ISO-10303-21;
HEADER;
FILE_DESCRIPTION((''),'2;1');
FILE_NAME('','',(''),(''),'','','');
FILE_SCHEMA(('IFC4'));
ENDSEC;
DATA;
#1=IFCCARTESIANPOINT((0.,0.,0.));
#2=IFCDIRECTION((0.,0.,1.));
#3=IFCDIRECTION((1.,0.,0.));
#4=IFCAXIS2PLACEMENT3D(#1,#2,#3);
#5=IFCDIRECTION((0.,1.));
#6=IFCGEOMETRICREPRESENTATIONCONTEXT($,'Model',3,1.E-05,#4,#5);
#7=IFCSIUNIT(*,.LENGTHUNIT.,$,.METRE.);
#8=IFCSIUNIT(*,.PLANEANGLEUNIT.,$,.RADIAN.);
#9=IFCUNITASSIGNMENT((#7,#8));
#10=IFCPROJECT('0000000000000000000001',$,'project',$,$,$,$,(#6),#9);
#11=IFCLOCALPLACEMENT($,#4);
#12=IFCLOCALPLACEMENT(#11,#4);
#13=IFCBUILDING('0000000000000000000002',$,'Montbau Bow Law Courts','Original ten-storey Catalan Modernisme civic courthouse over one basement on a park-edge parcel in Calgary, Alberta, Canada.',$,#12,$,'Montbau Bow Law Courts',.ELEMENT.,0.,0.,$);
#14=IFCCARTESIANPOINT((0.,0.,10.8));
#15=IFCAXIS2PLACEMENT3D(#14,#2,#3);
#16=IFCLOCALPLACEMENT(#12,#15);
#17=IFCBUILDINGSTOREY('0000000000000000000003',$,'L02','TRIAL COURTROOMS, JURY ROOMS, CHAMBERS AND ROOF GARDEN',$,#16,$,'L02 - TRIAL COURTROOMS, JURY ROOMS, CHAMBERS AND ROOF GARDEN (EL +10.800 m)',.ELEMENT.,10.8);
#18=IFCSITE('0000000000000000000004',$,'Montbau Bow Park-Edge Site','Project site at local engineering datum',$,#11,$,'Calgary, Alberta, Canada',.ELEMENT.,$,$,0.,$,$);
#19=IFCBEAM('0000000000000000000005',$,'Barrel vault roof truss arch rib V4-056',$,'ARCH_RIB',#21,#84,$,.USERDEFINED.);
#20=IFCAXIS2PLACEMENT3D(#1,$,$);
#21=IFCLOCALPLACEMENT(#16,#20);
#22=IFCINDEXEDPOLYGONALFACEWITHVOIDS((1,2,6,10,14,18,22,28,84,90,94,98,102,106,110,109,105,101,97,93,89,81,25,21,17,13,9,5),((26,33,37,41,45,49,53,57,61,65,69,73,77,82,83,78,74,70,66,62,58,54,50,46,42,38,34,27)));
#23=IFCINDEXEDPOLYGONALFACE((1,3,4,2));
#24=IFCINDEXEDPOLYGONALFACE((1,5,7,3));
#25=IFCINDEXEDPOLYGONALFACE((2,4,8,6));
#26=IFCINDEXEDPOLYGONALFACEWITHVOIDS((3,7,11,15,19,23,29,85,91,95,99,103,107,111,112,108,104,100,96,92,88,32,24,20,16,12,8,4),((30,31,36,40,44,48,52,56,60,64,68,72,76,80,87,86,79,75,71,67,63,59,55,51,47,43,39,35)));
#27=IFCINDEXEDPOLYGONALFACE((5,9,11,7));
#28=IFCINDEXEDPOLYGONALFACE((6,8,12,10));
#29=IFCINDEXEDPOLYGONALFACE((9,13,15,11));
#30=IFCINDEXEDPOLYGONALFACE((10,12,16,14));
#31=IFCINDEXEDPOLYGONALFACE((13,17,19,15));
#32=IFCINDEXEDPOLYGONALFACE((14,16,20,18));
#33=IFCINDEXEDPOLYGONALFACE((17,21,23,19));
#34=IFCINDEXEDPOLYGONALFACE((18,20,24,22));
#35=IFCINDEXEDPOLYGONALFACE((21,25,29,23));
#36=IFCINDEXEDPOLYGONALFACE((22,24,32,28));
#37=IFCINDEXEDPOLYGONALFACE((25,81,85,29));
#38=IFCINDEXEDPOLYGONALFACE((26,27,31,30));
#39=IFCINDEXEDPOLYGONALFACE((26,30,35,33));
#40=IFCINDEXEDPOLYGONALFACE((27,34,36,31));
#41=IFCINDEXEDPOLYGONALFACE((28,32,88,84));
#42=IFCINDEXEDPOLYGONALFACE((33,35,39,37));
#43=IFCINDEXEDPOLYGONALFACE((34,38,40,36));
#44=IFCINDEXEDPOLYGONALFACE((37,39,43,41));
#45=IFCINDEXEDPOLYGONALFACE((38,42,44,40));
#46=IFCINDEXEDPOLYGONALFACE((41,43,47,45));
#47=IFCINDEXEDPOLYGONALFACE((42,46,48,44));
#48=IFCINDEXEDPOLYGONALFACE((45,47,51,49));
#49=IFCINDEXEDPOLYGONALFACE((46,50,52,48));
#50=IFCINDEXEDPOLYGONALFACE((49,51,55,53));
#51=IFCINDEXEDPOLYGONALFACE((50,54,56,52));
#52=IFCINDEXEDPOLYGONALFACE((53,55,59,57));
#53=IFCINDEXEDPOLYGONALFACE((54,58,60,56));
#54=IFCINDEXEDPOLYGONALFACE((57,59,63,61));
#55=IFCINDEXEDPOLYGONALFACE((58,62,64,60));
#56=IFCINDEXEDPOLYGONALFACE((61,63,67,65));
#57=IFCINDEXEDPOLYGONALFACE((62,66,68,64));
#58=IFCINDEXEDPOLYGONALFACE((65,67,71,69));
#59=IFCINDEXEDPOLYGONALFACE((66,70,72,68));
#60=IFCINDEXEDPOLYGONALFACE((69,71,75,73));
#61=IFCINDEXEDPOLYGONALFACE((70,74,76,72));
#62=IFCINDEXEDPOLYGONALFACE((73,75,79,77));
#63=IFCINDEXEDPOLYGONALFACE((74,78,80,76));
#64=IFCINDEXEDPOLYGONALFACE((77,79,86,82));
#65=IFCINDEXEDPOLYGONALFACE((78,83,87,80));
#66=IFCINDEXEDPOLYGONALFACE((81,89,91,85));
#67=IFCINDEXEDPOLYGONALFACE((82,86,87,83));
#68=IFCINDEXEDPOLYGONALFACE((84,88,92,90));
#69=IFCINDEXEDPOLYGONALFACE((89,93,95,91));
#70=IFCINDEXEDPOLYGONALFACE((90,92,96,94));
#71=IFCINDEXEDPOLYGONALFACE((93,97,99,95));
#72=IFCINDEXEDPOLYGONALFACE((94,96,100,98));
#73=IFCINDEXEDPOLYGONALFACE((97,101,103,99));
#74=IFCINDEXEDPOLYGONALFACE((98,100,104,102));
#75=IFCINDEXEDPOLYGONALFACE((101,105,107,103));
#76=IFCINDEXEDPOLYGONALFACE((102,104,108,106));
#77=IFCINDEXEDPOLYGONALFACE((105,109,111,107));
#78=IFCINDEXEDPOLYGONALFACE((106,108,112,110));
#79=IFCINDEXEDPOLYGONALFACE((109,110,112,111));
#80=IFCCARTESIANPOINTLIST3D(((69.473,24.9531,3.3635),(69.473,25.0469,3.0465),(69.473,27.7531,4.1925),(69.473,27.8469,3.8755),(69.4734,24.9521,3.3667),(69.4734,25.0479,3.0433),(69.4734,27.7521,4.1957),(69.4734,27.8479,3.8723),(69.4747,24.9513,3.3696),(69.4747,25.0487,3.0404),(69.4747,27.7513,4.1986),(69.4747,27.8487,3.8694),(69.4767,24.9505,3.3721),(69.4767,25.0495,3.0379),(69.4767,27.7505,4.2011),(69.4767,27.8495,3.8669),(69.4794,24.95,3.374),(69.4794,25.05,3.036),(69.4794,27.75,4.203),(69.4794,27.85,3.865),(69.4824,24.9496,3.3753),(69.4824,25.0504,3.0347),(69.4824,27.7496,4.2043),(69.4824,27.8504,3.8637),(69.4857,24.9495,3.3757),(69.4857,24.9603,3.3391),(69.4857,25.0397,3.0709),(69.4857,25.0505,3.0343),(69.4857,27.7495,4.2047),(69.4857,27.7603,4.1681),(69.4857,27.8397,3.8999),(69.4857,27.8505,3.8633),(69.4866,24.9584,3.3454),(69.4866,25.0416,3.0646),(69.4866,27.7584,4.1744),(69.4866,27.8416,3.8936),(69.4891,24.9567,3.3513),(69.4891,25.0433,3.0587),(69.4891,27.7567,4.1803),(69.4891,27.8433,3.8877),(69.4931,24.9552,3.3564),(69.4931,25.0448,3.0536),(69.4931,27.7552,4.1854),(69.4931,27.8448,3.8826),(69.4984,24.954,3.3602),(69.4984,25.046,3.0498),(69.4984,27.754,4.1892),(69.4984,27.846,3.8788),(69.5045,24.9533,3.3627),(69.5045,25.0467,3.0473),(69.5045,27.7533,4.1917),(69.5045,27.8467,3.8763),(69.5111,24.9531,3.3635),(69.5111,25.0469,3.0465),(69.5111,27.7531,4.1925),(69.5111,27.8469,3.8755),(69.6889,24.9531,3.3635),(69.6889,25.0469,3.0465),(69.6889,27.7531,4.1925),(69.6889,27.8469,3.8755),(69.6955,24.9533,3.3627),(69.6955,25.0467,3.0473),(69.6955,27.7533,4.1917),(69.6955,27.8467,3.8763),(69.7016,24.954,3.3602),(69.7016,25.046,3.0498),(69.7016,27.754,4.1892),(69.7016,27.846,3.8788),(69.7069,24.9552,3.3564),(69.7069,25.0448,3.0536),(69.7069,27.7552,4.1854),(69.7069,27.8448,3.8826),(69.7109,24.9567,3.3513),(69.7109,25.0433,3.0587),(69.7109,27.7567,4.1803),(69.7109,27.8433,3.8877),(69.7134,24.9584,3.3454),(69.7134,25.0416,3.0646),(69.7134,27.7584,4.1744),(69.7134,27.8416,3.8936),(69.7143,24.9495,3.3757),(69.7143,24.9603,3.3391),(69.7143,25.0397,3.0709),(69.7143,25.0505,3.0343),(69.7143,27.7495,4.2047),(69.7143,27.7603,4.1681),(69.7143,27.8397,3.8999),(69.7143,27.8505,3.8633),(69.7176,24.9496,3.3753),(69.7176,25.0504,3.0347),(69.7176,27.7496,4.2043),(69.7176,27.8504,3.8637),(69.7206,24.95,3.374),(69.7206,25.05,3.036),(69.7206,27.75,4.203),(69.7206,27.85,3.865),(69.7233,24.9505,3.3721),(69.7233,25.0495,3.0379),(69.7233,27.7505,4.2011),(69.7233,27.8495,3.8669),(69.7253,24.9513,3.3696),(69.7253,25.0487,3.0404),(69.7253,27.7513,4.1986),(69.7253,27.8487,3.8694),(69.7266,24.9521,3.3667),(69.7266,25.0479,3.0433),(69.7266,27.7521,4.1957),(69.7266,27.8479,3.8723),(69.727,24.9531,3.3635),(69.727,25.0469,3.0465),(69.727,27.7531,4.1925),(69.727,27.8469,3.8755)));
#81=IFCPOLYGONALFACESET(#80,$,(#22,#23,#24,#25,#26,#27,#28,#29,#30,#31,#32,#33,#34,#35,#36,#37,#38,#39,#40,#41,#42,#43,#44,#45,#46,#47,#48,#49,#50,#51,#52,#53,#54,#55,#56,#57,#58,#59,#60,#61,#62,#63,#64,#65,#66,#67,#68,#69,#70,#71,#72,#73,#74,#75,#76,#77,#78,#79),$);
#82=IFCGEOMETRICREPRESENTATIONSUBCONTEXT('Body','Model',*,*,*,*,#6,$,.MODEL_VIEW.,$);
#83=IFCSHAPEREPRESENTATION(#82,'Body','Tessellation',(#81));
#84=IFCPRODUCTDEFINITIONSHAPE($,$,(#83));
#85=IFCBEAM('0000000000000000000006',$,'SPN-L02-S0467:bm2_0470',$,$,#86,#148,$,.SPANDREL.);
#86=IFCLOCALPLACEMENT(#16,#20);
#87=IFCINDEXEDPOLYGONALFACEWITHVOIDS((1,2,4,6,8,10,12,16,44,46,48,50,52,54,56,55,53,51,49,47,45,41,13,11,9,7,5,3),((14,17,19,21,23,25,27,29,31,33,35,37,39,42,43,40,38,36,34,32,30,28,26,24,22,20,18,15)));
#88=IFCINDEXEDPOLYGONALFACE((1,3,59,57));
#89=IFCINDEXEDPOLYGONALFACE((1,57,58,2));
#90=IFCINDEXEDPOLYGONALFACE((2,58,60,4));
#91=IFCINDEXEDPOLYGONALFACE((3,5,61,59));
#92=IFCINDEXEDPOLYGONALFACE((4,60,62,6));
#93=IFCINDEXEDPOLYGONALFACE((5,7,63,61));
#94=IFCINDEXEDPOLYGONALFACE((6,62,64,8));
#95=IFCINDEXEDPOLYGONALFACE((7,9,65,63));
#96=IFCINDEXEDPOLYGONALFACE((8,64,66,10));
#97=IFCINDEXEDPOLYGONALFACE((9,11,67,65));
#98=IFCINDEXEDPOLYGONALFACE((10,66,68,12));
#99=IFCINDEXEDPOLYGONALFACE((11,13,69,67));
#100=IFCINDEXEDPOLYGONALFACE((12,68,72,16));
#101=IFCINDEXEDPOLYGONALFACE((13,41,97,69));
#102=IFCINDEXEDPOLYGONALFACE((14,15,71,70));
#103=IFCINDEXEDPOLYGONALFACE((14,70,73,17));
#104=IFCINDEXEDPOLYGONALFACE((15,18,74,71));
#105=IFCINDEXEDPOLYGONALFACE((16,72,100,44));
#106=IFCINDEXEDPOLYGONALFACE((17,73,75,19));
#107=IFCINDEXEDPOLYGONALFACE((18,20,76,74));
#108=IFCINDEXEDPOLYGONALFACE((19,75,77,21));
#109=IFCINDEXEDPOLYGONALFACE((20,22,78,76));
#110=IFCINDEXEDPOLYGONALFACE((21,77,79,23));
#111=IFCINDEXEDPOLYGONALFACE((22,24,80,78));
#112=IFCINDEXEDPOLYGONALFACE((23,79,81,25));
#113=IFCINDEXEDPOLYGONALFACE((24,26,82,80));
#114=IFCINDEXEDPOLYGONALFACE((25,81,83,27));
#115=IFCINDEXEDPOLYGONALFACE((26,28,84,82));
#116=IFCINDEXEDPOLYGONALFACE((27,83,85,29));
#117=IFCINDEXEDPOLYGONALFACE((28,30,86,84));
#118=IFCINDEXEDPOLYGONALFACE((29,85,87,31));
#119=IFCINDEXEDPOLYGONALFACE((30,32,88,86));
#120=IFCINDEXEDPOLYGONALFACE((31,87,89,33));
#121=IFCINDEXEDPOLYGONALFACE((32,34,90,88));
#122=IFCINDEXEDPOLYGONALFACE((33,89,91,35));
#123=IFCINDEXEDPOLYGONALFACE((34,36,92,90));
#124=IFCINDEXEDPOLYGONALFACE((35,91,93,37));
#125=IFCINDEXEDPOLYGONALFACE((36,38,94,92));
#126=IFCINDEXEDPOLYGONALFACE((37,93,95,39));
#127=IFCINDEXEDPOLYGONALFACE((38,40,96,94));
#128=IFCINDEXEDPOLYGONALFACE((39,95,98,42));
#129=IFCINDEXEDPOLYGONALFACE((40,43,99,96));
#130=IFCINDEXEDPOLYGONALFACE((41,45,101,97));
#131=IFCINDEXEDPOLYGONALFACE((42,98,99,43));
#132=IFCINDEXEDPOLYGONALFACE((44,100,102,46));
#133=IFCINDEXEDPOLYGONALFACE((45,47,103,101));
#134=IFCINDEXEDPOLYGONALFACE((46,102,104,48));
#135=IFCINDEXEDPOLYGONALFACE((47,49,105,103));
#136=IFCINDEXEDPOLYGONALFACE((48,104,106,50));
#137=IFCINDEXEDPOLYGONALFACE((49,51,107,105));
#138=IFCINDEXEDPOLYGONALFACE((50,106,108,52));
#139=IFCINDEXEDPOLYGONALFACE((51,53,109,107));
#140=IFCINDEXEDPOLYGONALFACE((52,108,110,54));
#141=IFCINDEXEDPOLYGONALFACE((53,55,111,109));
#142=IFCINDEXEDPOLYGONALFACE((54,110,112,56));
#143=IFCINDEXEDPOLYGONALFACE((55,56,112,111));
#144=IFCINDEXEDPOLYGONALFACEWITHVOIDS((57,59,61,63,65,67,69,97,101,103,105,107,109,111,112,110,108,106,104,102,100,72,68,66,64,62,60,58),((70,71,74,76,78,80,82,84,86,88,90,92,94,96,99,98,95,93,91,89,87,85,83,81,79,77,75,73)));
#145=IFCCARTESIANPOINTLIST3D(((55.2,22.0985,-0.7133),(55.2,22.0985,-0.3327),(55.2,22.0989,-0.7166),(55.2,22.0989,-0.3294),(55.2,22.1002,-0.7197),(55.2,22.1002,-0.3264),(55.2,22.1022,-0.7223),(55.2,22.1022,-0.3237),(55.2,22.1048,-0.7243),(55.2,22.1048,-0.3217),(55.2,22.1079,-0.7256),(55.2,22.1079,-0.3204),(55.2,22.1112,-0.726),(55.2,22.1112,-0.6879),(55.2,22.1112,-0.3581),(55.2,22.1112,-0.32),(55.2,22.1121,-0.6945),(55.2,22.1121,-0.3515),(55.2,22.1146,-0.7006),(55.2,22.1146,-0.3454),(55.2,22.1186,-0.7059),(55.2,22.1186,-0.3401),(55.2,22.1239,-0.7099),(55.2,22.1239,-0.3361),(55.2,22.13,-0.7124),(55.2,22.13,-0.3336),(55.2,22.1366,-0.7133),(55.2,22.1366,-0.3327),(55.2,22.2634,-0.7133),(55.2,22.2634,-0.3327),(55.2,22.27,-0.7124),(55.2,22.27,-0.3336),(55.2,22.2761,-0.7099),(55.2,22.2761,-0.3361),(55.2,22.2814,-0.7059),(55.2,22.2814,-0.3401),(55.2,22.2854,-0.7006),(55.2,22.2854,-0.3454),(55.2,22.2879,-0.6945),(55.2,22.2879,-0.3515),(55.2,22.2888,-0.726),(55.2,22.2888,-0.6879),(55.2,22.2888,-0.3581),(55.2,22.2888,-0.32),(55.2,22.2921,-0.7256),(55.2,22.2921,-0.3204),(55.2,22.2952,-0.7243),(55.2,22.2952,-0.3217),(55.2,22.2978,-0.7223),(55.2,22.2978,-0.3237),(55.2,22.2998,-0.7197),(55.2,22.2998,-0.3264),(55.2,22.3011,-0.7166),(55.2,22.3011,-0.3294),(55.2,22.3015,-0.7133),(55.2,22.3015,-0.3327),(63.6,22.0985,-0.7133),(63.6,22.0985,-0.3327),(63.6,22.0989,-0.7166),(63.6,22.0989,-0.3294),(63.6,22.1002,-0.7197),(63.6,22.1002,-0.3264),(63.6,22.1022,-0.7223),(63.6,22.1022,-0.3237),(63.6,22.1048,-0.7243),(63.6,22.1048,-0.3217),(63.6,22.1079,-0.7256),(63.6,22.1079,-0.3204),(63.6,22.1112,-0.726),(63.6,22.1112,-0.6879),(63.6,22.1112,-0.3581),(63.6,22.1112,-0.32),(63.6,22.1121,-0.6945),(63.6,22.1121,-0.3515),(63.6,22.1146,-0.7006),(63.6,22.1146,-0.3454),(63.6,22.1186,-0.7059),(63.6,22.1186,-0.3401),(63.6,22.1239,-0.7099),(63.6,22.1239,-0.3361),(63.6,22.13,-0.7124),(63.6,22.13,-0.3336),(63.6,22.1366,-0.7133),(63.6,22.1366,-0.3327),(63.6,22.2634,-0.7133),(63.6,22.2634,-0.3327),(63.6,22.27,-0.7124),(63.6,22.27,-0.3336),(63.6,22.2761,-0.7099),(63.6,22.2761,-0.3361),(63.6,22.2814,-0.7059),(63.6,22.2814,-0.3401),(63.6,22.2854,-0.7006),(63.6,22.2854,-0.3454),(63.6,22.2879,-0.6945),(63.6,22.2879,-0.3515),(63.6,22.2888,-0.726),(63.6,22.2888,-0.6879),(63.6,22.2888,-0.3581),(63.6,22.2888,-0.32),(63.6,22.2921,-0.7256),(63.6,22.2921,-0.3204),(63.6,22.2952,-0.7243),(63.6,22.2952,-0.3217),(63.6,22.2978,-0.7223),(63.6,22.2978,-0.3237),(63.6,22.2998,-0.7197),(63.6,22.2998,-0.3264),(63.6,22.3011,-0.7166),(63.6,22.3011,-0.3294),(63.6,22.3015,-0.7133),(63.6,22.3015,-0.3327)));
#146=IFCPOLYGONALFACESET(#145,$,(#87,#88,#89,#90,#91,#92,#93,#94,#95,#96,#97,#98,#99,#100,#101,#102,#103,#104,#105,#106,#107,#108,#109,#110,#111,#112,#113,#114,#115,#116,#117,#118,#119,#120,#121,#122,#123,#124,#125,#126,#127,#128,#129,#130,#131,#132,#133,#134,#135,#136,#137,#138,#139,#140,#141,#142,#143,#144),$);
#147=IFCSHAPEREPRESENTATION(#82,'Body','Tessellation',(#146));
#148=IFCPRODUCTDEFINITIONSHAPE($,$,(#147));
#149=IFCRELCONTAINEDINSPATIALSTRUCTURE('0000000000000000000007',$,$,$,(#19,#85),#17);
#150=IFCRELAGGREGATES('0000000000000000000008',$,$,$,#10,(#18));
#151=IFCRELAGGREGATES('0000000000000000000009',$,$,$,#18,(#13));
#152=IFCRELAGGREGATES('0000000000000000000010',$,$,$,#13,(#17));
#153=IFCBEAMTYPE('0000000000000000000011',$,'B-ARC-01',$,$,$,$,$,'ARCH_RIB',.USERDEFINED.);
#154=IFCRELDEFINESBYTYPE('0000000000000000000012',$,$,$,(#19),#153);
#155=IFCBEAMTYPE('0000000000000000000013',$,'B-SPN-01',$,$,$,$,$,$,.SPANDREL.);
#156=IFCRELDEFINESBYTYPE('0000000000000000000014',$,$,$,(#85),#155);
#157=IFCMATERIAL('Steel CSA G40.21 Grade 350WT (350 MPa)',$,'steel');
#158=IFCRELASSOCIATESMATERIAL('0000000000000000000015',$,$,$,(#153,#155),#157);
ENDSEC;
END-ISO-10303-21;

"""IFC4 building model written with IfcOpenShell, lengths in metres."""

from ifc_helpers import new_model, si_unit, direction, frame, origin_with_axes, origin_2d_with_axis, place, context, subcontext, project, spatial, hollow_rectangle, extrude, material, material_profile, profile_set, type_object, element, save


model = new_model("IFC4")

# Units and contexts
model_context = context("Model", 3, precision=1e-05, world=origin_with_axes(), true_north=direction((0.0, 1.0)))
body_context = subcontext(model_context, "Body", "Model", "MODEL_VIEW")
ifc_project = project(units=[si_unit("LENGTHUNIT", "METRE"), si_unit("PLANEANGLEUNIT", "RADIAN")], contexts=[model_context])

# Site, building, storey
site_placement = place(None, origin_with_axes())
site = spatial("IfcSite", under=ifc_project, at=site_placement, Name="Montbau Bow Park-Edge Site", Description="Project site at local engineering datum", LongName="Calgary, Alberta, Canada", CompositionType="ELEMENT", RefElevation=0.0)
building_placement = place(site_placement, origin_with_axes())
building = spatial("IfcBuilding", under=site, at=building_placement, Name="Montbau Bow Law Courts", Description="Original ten-storey Catalan Modernisme civic courthouse over one basement on a park-edge parcel in Calgary, Alberta, Canada.", LongName="Montbau Bow Law Courts", CompositionType="ELEMENT", ElevationOfRefHeight=0.0, ElevationOfTerrain=0.0)
storey_placement = place(building_placement, frame((0.0, 0.0, 10.8), z_axis=(0.0, 0.0, 1.0), x_axis=(1.0, 0.0, 0.0)))
storey = spatial("IfcBuildingStorey", under=building, at=storey_placement, Name="L02", Description="TRIAL COURTROOMS, JURY ROOMS, CHAMBERS AND ROOF GARDEN", LongName="L02 - TRIAL COURTROOMS, JURY ROOMS, CHAMBERS AND ROOF GARDEN (EL +10.800 m)", CompositionType="ELEMENT", Elevation=10.8)

# Beams
ifc_material_1 = material(Name="Steel CSA G40.21 Grade 350WT (350 MPa)", Category="steel")
ifc_material_profile_1 = material_profile(ifc_material_1, hollow_rectangle(XDim=0.254, YDim=0.356, WallThickness=0.0127, InnerFilletRadius=0.0254, OuterFilletRadius=0.0127, at=origin_2d_with_axis()), Name="HSS356X254X13", Category="Main", Priority=0)
ifc_profile_set_1 = profile_set([ifc_material_profile_1], Name="Steel CSA G40.21 Grade 350WT (350 MPa)")
beam_type_1 = type_object("IfcBeamType", Name="B-ARC-01", ElementType="ARCH_RIB", PredefinedType="USERDEFINED", material=ifc_profile_set_1)
beam_1_placement = place(None, frame((69.6, 25.0, 14.005), z_axis=(0.0, 0.958857, 0.28389), x_axis=(-1.0, 0.0, 0.0)))
element("IfcBeam", 1, at=beam_1_placement, inside=storey, type_object=beam_type_1, Name="Barrel vault roof truss arch rib V4-056", ObjectType="ARCH_RIB", PredefinedType="USERDEFINED", context=body_context, shape_type="SweptSolid", body=[
    extrude(hollow_rectangle(XDim=0.254, YDim=0.356, WallThickness=0.0127, InnerFilletRadius=0.0254, OuterFilletRadius=0.0127, at=origin_2d_with_axis()), origin_with_axes(), (0.0, 0.0, 1.0), 2.9201),
])
ifc_material_profile_2 = material_profile(ifc_material_1, hollow_rectangle(XDim=0.203, YDim=0.406, WallThickness=0.0127, InnerFilletRadius=0.0254, OuterFilletRadius=0.0127, at=origin_2d_with_axis()), Name="HSS406X203X13", Category="Main", Priority=0)
ifc_profile_set_2 = profile_set([ifc_material_profile_2], Name="Steel CSA G40.21 Grade 350WT (350 MPa)")
beam_type_2 = type_object("IfcBeamType", Name="B-SPN-01", PredefinedType="SPANDREL", material=ifc_profile_set_2)
for number, where, z_axis, x_axis, name in (
    (2, (55.2, 22.2, 10.277), (1.0, 0.0, 0.0), (0.0, 1.0, 0.0), "SPN-L02-S0467:bm2_0470"),
):
    element("IfcBeam", number, at=place(None, frame(where, z_axis=z_axis, x_axis=x_axis)), inside=storey, type_object=beam_type_2, Name=name, PredefinedType="SPANDREL", context=body_context, shape_type="SweptSolid", body=[
        extrude(hollow_rectangle(XDim=0.203, YDim=0.406, WallThickness=0.0127, InnerFilletRadius=0.0254, OuterFilletRadius=0.0127, at=origin_2d_with_axis()), origin_with_axes(), (0.0, 0.0, 1.0), 8.4),
    ])

save(model, "model.ifc")
